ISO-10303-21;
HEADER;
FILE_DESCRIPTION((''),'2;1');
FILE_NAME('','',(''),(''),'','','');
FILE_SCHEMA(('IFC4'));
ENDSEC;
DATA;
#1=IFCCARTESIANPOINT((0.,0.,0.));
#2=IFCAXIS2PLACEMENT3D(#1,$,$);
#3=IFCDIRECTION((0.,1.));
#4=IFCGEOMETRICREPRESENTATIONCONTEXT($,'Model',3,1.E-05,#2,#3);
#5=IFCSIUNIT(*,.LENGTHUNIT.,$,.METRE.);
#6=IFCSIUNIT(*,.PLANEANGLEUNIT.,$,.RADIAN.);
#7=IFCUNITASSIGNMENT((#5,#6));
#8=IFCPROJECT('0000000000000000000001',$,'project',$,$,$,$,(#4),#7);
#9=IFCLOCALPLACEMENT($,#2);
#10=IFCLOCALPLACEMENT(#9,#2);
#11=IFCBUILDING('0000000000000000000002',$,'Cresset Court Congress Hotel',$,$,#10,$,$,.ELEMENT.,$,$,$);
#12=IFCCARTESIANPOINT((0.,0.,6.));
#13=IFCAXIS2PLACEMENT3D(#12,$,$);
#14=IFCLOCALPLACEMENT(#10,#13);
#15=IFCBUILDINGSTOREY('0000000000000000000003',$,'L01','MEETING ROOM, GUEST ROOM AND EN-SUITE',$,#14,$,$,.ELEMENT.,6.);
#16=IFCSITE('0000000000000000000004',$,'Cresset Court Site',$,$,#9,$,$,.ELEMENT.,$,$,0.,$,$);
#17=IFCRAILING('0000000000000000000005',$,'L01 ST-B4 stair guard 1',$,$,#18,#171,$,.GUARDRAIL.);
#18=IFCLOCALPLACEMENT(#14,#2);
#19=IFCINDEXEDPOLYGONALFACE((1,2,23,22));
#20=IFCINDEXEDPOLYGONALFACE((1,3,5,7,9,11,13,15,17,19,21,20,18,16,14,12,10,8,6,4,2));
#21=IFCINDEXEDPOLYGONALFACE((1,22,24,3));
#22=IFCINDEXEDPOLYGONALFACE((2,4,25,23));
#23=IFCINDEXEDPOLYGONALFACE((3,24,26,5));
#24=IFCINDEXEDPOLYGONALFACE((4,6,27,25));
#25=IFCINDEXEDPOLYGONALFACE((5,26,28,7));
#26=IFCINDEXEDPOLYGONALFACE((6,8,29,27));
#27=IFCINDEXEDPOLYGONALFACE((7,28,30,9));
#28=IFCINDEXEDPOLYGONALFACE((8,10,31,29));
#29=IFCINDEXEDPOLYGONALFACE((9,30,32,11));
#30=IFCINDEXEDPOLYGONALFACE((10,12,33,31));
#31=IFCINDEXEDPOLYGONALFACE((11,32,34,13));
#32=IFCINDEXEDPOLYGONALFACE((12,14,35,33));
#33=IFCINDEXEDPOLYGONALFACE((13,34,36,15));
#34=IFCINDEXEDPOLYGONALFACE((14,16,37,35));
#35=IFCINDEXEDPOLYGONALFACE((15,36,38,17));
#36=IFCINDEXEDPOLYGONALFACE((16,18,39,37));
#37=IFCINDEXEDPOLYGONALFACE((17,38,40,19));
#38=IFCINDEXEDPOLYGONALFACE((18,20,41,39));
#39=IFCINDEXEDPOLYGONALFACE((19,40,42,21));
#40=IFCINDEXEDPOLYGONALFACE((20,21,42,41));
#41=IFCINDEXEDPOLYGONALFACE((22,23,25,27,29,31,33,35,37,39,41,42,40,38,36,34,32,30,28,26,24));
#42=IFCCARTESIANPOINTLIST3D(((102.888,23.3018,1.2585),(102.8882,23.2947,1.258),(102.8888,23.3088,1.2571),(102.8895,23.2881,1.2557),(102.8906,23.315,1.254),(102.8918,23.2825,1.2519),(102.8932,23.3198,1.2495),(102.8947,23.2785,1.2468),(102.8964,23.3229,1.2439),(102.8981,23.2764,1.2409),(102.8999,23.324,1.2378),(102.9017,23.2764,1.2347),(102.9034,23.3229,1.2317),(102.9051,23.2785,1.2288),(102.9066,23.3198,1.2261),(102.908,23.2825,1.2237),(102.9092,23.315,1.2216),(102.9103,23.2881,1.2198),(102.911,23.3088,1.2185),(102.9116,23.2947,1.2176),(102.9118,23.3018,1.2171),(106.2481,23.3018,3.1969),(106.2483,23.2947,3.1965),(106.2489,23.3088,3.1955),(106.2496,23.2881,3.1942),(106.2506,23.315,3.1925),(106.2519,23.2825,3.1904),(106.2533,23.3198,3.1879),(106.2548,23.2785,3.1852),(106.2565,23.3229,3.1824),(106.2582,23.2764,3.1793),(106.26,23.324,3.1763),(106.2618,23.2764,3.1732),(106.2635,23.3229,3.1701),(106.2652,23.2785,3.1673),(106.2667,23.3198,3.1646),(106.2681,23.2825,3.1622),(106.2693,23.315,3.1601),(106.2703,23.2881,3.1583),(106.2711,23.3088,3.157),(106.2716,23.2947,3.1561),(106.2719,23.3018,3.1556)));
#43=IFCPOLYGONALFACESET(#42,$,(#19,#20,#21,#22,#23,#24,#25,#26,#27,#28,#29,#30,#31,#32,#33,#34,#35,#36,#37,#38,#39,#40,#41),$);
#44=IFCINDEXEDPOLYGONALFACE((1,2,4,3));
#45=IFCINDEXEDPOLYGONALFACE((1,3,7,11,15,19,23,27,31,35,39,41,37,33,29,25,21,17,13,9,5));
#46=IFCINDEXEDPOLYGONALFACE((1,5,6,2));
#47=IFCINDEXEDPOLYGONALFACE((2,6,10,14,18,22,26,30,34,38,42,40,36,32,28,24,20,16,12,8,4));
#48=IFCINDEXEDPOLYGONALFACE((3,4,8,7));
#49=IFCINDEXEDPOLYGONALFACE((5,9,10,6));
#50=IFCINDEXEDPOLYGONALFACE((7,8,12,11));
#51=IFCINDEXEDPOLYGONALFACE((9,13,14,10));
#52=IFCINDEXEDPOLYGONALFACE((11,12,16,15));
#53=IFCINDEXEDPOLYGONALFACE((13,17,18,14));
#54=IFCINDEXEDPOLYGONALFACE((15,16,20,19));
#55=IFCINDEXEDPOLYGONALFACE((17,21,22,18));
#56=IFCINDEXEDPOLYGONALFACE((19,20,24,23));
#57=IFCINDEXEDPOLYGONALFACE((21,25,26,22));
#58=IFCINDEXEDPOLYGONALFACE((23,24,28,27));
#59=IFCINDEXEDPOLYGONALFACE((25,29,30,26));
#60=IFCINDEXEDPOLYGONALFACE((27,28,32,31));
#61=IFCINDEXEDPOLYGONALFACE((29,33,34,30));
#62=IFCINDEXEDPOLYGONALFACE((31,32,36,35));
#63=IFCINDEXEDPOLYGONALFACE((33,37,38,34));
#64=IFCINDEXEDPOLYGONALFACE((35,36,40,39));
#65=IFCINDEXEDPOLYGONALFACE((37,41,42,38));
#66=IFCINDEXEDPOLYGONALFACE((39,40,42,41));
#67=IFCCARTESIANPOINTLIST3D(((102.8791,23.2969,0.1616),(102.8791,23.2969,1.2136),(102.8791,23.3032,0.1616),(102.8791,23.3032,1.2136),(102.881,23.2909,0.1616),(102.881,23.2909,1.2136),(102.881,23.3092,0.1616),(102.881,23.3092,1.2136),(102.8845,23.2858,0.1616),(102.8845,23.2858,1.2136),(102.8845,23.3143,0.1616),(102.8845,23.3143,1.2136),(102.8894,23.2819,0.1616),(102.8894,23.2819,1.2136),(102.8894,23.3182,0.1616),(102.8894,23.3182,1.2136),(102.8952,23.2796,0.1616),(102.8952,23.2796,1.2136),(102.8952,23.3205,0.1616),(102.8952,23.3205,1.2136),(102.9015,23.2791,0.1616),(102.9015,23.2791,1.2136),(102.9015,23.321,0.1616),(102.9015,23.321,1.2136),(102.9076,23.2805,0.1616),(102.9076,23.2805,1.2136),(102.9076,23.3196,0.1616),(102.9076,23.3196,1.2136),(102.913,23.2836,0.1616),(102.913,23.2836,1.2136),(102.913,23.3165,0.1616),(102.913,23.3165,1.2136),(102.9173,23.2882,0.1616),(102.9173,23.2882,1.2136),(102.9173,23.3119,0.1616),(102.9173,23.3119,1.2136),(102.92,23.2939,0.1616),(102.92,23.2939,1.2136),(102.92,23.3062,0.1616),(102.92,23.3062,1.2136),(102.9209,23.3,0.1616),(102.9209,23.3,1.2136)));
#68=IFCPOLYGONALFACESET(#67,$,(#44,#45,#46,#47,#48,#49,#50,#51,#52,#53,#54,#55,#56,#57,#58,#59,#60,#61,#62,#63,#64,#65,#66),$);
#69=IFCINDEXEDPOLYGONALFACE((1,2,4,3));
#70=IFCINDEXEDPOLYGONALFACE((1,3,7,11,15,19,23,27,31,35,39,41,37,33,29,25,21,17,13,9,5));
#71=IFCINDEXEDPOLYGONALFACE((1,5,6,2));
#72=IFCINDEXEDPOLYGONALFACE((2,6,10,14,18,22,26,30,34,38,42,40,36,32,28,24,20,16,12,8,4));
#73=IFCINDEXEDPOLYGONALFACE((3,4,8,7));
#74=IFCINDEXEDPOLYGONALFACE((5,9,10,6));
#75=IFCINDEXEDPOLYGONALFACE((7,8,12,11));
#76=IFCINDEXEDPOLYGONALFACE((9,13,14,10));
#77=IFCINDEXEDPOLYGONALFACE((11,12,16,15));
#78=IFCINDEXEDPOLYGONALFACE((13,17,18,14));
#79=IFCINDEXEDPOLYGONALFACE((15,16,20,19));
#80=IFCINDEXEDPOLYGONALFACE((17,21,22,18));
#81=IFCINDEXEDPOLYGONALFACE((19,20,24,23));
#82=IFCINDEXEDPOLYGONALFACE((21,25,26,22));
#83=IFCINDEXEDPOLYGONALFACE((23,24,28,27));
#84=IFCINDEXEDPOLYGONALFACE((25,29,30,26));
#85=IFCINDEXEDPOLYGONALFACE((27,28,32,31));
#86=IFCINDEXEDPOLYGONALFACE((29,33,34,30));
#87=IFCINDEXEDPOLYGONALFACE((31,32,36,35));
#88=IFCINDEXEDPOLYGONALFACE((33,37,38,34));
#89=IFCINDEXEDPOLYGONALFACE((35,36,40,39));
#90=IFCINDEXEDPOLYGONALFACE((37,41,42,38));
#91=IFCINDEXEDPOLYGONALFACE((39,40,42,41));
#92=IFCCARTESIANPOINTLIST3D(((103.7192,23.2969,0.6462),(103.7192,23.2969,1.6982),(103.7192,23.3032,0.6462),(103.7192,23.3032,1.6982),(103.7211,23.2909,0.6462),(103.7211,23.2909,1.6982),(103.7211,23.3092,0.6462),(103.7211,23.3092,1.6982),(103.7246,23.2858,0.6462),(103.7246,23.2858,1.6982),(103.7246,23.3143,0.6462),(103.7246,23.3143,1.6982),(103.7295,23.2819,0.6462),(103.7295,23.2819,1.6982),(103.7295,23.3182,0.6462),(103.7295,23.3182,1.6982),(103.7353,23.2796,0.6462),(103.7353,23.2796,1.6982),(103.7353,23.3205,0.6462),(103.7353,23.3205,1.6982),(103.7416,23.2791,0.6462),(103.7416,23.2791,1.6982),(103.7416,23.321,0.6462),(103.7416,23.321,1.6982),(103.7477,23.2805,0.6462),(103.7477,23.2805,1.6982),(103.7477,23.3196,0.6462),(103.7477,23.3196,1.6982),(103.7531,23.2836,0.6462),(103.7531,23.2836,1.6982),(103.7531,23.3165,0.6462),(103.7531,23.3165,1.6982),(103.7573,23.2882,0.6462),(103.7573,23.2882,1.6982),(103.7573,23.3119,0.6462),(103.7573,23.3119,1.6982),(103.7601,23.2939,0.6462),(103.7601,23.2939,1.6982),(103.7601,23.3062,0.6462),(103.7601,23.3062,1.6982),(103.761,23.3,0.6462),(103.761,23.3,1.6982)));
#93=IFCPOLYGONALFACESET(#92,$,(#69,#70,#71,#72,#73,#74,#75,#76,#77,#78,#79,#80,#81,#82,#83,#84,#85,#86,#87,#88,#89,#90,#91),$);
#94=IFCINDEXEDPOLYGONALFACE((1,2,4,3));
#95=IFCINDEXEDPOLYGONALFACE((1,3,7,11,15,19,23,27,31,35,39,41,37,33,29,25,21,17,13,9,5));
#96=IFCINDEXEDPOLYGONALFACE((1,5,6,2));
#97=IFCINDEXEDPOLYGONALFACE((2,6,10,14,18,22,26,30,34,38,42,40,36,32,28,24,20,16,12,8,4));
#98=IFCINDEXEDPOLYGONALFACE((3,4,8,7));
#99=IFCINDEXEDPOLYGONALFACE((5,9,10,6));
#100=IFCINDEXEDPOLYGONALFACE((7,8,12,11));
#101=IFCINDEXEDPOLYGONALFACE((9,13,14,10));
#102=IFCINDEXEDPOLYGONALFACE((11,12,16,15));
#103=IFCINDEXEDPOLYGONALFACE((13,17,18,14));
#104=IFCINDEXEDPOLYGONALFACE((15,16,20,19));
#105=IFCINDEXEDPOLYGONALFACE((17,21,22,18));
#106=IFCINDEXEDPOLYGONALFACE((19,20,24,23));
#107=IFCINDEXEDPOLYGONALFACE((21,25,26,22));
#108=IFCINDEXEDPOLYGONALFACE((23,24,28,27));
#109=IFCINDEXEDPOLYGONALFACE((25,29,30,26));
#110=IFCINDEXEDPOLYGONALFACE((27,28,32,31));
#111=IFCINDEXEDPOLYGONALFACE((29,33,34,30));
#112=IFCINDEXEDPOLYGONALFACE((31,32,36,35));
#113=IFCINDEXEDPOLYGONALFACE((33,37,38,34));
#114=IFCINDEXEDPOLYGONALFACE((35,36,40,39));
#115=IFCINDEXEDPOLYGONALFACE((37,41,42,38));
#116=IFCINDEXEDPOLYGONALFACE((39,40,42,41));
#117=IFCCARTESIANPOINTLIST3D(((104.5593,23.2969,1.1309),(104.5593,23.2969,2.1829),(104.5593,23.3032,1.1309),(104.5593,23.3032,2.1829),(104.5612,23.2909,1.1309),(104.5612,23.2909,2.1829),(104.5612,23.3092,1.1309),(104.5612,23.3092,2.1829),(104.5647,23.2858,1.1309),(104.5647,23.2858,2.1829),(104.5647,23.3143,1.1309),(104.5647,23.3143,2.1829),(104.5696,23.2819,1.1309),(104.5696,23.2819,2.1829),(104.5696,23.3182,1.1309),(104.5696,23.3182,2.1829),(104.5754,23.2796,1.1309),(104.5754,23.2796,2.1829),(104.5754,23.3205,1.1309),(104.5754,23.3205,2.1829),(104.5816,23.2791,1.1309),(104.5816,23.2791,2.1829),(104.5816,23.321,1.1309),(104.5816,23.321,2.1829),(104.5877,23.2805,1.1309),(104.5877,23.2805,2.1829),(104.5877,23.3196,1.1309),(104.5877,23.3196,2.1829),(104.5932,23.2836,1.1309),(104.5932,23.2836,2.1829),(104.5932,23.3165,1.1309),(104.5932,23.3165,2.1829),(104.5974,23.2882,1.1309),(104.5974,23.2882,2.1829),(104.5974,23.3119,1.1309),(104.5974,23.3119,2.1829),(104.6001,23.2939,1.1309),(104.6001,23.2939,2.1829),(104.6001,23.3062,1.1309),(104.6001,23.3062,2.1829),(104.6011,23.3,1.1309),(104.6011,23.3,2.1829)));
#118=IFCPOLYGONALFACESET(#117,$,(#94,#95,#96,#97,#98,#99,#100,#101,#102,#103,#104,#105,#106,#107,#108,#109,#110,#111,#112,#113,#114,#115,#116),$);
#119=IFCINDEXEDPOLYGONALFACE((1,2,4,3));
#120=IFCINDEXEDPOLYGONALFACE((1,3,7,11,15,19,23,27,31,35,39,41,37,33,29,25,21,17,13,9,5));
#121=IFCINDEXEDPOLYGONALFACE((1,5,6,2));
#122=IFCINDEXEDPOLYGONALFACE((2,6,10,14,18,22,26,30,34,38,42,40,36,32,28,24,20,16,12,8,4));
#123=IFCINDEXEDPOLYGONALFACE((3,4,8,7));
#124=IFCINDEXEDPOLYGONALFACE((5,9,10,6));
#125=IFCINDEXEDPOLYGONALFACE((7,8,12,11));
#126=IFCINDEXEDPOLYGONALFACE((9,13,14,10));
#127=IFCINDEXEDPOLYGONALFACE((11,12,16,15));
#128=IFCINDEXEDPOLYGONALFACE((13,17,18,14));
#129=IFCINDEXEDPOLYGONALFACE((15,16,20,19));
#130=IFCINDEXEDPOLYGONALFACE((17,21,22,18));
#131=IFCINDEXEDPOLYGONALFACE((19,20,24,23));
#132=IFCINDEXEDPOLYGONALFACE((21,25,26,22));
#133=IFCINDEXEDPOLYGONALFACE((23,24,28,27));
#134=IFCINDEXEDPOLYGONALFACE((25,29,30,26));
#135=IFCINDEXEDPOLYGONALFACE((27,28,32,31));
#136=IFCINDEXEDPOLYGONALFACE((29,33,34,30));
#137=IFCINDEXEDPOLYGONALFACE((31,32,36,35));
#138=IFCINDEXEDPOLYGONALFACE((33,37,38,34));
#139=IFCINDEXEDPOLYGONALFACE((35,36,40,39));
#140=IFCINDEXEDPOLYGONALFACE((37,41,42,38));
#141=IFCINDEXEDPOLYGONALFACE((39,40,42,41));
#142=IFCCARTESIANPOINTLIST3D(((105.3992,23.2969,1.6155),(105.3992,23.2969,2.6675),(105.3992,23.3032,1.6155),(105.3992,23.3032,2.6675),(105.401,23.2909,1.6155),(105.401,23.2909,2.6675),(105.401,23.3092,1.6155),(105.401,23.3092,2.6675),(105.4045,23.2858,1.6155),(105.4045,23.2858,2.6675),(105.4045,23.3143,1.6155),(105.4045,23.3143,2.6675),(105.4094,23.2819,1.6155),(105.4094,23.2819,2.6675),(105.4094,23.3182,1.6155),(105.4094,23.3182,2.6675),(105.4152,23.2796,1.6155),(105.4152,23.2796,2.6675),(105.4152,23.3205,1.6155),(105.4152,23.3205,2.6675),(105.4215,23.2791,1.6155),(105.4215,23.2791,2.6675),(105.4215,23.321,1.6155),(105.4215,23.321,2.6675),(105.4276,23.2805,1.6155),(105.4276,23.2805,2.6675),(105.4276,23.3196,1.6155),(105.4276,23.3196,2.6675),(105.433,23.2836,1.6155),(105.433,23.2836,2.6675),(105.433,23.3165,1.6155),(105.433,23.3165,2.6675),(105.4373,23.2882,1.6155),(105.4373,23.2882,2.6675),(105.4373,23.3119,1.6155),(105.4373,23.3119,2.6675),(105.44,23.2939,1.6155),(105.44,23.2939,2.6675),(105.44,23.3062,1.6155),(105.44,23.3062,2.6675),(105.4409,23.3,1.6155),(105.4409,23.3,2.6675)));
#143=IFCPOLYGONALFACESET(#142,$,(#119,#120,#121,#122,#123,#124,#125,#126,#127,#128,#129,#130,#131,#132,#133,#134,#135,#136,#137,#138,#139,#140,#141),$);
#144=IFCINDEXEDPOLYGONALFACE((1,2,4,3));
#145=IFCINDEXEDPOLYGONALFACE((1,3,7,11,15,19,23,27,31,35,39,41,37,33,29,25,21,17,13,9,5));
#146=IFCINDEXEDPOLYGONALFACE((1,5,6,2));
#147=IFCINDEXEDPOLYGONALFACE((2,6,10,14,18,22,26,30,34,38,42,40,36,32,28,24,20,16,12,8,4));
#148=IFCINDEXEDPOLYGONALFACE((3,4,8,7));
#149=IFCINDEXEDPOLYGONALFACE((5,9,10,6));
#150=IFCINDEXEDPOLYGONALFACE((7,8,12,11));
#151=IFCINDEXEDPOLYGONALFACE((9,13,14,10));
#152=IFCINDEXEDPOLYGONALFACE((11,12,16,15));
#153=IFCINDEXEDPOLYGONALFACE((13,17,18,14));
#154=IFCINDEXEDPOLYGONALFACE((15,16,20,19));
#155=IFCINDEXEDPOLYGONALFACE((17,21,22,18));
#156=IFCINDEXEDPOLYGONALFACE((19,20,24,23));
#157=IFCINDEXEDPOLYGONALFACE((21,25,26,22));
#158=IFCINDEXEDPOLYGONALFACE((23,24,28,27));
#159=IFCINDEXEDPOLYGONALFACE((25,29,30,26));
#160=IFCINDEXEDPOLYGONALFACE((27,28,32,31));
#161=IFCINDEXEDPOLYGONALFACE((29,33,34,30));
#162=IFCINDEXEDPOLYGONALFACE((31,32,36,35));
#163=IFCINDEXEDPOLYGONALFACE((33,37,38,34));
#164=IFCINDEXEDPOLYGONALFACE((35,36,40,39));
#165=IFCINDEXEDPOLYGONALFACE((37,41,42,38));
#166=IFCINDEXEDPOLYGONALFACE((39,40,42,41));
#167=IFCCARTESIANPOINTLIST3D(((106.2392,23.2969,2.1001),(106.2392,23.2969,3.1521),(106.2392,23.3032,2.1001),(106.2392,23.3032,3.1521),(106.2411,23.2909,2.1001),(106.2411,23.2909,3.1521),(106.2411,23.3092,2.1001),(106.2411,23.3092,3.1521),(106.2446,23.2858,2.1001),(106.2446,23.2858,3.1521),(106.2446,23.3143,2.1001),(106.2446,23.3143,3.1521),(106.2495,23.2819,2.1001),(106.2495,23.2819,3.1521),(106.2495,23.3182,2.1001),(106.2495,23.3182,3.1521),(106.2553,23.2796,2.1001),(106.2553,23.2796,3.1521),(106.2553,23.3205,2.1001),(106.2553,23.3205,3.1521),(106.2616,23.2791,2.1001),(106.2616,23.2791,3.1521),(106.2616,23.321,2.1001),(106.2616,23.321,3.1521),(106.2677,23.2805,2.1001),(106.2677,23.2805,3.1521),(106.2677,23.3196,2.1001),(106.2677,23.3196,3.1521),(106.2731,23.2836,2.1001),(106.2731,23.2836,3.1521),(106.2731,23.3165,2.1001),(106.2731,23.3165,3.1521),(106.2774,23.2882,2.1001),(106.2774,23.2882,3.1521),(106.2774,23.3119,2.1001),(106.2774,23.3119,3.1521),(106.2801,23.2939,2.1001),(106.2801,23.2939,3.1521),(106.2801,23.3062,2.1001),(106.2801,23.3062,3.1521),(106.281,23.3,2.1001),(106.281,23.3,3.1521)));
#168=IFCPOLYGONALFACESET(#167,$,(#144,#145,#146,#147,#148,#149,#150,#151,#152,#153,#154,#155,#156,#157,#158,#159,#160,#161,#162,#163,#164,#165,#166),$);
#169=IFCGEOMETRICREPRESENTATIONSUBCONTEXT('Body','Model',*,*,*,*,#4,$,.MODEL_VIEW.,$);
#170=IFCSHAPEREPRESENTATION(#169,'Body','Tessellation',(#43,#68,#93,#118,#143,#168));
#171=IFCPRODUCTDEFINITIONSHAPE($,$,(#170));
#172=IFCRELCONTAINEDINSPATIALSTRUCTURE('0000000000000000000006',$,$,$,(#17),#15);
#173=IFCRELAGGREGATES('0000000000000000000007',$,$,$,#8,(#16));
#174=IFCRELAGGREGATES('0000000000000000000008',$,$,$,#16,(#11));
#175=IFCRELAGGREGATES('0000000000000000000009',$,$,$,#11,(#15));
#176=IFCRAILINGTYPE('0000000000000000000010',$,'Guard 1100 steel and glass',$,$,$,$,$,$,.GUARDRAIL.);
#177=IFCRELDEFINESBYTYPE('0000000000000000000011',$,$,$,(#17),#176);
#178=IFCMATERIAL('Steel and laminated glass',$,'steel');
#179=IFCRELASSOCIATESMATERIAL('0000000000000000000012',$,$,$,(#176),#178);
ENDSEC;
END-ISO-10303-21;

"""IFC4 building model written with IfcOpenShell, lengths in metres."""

from ifc_helpers import new_model, si_unit, direction, frame, origin, origin_2d, place, context, subcontext, project, spatial, circle, extrude, material, type_object, element, save


model = new_model("IFC4")

# Units and contexts
model_context = context("Model", 3, precision=1e-05, world=origin(), true_north=direction((0.0, 1.0)))
body_context = subcontext(model_context, "Body", "Model", "MODEL_VIEW")
ifc_project = project(units=[si_unit("LENGTHUNIT", "METRE"), si_unit("PLANEANGLEUNIT", "RADIAN")], contexts=[model_context])

# Site, building, storey
site_placement = place(None, origin())
site = spatial("IfcSite", under=ifc_project, at=site_placement, Name="Cresset Court Site", CompositionType="ELEMENT", RefElevation=0.0)
building_placement = place(site_placement, origin())
building = spatial("IfcBuilding", under=site, at=building_placement, Name="Cresset Court Congress Hotel", CompositionType="ELEMENT")
storey_placement = place(building_placement, frame((0.0, 0.0, 6.0)))
storey = spatial("IfcBuildingStorey", under=building, at=storey_placement, Name="L01", Description="MEETING ROOM, GUEST ROOM AND EN-SUITE", CompositionType="ELEMENT", Elevation=6.0)

# Railing
ifc_material_1 = material(Name="Steel and laminated glass", Category="steel")
railing_type_1 = type_object("IfcRailingType", Name="Guard 1100 steel and glass", PredefinedType="GUARDRAIL", material=ifc_material_1)
railing_1_placement = place(storey_placement, frame((102.8999, 23.3, 0.1616)))
element("IfcRailing", 1, at=railing_1_placement, inside=storey, type_object=railing_type_1, Name="L01 ST-B4 stair guard 1", PredefinedType="GUARDRAIL", context=body_context, shape_type="SweptSolid", body=[
    extrude(circle(Radius=0.0239, at=origin_2d()), frame((0.0, 0.0, 1.0762), z_axis=(0.866191, 0.0, 0.499713), x_axis=(0.0, 1.0, 0.0)), (0.0, 0.0, 1.0), 3.8792),
    extrude(circle(Radius=0.021, at=origin_2d()), origin(), (0.0, 0.0, 1.0), 1.052),
    extrude(circle(Radius=0.021, at=origin_2d()), frame((0.8401, 0.0, 0.4846)), (0.0, 0.0, 1.0), 1.052),
    extrude(circle(Radius=0.021, at=origin_2d()), frame((1.6802, 0.0, 0.9692)), (0.0, 0.0, 1.0), 1.052),
    extrude(circle(Radius=0.021, at=origin_2d()), frame((2.52, 0.0, 1.4539)), (0.0, 0.0, 1.0), 1.052),
    extrude(circle(Radius=0.021, at=origin_2d()), frame((3.3601, 0.0, 1.9385)), (0.0, 0.0, 1.0), 1.052),
])

save(model, "model.ifc")
